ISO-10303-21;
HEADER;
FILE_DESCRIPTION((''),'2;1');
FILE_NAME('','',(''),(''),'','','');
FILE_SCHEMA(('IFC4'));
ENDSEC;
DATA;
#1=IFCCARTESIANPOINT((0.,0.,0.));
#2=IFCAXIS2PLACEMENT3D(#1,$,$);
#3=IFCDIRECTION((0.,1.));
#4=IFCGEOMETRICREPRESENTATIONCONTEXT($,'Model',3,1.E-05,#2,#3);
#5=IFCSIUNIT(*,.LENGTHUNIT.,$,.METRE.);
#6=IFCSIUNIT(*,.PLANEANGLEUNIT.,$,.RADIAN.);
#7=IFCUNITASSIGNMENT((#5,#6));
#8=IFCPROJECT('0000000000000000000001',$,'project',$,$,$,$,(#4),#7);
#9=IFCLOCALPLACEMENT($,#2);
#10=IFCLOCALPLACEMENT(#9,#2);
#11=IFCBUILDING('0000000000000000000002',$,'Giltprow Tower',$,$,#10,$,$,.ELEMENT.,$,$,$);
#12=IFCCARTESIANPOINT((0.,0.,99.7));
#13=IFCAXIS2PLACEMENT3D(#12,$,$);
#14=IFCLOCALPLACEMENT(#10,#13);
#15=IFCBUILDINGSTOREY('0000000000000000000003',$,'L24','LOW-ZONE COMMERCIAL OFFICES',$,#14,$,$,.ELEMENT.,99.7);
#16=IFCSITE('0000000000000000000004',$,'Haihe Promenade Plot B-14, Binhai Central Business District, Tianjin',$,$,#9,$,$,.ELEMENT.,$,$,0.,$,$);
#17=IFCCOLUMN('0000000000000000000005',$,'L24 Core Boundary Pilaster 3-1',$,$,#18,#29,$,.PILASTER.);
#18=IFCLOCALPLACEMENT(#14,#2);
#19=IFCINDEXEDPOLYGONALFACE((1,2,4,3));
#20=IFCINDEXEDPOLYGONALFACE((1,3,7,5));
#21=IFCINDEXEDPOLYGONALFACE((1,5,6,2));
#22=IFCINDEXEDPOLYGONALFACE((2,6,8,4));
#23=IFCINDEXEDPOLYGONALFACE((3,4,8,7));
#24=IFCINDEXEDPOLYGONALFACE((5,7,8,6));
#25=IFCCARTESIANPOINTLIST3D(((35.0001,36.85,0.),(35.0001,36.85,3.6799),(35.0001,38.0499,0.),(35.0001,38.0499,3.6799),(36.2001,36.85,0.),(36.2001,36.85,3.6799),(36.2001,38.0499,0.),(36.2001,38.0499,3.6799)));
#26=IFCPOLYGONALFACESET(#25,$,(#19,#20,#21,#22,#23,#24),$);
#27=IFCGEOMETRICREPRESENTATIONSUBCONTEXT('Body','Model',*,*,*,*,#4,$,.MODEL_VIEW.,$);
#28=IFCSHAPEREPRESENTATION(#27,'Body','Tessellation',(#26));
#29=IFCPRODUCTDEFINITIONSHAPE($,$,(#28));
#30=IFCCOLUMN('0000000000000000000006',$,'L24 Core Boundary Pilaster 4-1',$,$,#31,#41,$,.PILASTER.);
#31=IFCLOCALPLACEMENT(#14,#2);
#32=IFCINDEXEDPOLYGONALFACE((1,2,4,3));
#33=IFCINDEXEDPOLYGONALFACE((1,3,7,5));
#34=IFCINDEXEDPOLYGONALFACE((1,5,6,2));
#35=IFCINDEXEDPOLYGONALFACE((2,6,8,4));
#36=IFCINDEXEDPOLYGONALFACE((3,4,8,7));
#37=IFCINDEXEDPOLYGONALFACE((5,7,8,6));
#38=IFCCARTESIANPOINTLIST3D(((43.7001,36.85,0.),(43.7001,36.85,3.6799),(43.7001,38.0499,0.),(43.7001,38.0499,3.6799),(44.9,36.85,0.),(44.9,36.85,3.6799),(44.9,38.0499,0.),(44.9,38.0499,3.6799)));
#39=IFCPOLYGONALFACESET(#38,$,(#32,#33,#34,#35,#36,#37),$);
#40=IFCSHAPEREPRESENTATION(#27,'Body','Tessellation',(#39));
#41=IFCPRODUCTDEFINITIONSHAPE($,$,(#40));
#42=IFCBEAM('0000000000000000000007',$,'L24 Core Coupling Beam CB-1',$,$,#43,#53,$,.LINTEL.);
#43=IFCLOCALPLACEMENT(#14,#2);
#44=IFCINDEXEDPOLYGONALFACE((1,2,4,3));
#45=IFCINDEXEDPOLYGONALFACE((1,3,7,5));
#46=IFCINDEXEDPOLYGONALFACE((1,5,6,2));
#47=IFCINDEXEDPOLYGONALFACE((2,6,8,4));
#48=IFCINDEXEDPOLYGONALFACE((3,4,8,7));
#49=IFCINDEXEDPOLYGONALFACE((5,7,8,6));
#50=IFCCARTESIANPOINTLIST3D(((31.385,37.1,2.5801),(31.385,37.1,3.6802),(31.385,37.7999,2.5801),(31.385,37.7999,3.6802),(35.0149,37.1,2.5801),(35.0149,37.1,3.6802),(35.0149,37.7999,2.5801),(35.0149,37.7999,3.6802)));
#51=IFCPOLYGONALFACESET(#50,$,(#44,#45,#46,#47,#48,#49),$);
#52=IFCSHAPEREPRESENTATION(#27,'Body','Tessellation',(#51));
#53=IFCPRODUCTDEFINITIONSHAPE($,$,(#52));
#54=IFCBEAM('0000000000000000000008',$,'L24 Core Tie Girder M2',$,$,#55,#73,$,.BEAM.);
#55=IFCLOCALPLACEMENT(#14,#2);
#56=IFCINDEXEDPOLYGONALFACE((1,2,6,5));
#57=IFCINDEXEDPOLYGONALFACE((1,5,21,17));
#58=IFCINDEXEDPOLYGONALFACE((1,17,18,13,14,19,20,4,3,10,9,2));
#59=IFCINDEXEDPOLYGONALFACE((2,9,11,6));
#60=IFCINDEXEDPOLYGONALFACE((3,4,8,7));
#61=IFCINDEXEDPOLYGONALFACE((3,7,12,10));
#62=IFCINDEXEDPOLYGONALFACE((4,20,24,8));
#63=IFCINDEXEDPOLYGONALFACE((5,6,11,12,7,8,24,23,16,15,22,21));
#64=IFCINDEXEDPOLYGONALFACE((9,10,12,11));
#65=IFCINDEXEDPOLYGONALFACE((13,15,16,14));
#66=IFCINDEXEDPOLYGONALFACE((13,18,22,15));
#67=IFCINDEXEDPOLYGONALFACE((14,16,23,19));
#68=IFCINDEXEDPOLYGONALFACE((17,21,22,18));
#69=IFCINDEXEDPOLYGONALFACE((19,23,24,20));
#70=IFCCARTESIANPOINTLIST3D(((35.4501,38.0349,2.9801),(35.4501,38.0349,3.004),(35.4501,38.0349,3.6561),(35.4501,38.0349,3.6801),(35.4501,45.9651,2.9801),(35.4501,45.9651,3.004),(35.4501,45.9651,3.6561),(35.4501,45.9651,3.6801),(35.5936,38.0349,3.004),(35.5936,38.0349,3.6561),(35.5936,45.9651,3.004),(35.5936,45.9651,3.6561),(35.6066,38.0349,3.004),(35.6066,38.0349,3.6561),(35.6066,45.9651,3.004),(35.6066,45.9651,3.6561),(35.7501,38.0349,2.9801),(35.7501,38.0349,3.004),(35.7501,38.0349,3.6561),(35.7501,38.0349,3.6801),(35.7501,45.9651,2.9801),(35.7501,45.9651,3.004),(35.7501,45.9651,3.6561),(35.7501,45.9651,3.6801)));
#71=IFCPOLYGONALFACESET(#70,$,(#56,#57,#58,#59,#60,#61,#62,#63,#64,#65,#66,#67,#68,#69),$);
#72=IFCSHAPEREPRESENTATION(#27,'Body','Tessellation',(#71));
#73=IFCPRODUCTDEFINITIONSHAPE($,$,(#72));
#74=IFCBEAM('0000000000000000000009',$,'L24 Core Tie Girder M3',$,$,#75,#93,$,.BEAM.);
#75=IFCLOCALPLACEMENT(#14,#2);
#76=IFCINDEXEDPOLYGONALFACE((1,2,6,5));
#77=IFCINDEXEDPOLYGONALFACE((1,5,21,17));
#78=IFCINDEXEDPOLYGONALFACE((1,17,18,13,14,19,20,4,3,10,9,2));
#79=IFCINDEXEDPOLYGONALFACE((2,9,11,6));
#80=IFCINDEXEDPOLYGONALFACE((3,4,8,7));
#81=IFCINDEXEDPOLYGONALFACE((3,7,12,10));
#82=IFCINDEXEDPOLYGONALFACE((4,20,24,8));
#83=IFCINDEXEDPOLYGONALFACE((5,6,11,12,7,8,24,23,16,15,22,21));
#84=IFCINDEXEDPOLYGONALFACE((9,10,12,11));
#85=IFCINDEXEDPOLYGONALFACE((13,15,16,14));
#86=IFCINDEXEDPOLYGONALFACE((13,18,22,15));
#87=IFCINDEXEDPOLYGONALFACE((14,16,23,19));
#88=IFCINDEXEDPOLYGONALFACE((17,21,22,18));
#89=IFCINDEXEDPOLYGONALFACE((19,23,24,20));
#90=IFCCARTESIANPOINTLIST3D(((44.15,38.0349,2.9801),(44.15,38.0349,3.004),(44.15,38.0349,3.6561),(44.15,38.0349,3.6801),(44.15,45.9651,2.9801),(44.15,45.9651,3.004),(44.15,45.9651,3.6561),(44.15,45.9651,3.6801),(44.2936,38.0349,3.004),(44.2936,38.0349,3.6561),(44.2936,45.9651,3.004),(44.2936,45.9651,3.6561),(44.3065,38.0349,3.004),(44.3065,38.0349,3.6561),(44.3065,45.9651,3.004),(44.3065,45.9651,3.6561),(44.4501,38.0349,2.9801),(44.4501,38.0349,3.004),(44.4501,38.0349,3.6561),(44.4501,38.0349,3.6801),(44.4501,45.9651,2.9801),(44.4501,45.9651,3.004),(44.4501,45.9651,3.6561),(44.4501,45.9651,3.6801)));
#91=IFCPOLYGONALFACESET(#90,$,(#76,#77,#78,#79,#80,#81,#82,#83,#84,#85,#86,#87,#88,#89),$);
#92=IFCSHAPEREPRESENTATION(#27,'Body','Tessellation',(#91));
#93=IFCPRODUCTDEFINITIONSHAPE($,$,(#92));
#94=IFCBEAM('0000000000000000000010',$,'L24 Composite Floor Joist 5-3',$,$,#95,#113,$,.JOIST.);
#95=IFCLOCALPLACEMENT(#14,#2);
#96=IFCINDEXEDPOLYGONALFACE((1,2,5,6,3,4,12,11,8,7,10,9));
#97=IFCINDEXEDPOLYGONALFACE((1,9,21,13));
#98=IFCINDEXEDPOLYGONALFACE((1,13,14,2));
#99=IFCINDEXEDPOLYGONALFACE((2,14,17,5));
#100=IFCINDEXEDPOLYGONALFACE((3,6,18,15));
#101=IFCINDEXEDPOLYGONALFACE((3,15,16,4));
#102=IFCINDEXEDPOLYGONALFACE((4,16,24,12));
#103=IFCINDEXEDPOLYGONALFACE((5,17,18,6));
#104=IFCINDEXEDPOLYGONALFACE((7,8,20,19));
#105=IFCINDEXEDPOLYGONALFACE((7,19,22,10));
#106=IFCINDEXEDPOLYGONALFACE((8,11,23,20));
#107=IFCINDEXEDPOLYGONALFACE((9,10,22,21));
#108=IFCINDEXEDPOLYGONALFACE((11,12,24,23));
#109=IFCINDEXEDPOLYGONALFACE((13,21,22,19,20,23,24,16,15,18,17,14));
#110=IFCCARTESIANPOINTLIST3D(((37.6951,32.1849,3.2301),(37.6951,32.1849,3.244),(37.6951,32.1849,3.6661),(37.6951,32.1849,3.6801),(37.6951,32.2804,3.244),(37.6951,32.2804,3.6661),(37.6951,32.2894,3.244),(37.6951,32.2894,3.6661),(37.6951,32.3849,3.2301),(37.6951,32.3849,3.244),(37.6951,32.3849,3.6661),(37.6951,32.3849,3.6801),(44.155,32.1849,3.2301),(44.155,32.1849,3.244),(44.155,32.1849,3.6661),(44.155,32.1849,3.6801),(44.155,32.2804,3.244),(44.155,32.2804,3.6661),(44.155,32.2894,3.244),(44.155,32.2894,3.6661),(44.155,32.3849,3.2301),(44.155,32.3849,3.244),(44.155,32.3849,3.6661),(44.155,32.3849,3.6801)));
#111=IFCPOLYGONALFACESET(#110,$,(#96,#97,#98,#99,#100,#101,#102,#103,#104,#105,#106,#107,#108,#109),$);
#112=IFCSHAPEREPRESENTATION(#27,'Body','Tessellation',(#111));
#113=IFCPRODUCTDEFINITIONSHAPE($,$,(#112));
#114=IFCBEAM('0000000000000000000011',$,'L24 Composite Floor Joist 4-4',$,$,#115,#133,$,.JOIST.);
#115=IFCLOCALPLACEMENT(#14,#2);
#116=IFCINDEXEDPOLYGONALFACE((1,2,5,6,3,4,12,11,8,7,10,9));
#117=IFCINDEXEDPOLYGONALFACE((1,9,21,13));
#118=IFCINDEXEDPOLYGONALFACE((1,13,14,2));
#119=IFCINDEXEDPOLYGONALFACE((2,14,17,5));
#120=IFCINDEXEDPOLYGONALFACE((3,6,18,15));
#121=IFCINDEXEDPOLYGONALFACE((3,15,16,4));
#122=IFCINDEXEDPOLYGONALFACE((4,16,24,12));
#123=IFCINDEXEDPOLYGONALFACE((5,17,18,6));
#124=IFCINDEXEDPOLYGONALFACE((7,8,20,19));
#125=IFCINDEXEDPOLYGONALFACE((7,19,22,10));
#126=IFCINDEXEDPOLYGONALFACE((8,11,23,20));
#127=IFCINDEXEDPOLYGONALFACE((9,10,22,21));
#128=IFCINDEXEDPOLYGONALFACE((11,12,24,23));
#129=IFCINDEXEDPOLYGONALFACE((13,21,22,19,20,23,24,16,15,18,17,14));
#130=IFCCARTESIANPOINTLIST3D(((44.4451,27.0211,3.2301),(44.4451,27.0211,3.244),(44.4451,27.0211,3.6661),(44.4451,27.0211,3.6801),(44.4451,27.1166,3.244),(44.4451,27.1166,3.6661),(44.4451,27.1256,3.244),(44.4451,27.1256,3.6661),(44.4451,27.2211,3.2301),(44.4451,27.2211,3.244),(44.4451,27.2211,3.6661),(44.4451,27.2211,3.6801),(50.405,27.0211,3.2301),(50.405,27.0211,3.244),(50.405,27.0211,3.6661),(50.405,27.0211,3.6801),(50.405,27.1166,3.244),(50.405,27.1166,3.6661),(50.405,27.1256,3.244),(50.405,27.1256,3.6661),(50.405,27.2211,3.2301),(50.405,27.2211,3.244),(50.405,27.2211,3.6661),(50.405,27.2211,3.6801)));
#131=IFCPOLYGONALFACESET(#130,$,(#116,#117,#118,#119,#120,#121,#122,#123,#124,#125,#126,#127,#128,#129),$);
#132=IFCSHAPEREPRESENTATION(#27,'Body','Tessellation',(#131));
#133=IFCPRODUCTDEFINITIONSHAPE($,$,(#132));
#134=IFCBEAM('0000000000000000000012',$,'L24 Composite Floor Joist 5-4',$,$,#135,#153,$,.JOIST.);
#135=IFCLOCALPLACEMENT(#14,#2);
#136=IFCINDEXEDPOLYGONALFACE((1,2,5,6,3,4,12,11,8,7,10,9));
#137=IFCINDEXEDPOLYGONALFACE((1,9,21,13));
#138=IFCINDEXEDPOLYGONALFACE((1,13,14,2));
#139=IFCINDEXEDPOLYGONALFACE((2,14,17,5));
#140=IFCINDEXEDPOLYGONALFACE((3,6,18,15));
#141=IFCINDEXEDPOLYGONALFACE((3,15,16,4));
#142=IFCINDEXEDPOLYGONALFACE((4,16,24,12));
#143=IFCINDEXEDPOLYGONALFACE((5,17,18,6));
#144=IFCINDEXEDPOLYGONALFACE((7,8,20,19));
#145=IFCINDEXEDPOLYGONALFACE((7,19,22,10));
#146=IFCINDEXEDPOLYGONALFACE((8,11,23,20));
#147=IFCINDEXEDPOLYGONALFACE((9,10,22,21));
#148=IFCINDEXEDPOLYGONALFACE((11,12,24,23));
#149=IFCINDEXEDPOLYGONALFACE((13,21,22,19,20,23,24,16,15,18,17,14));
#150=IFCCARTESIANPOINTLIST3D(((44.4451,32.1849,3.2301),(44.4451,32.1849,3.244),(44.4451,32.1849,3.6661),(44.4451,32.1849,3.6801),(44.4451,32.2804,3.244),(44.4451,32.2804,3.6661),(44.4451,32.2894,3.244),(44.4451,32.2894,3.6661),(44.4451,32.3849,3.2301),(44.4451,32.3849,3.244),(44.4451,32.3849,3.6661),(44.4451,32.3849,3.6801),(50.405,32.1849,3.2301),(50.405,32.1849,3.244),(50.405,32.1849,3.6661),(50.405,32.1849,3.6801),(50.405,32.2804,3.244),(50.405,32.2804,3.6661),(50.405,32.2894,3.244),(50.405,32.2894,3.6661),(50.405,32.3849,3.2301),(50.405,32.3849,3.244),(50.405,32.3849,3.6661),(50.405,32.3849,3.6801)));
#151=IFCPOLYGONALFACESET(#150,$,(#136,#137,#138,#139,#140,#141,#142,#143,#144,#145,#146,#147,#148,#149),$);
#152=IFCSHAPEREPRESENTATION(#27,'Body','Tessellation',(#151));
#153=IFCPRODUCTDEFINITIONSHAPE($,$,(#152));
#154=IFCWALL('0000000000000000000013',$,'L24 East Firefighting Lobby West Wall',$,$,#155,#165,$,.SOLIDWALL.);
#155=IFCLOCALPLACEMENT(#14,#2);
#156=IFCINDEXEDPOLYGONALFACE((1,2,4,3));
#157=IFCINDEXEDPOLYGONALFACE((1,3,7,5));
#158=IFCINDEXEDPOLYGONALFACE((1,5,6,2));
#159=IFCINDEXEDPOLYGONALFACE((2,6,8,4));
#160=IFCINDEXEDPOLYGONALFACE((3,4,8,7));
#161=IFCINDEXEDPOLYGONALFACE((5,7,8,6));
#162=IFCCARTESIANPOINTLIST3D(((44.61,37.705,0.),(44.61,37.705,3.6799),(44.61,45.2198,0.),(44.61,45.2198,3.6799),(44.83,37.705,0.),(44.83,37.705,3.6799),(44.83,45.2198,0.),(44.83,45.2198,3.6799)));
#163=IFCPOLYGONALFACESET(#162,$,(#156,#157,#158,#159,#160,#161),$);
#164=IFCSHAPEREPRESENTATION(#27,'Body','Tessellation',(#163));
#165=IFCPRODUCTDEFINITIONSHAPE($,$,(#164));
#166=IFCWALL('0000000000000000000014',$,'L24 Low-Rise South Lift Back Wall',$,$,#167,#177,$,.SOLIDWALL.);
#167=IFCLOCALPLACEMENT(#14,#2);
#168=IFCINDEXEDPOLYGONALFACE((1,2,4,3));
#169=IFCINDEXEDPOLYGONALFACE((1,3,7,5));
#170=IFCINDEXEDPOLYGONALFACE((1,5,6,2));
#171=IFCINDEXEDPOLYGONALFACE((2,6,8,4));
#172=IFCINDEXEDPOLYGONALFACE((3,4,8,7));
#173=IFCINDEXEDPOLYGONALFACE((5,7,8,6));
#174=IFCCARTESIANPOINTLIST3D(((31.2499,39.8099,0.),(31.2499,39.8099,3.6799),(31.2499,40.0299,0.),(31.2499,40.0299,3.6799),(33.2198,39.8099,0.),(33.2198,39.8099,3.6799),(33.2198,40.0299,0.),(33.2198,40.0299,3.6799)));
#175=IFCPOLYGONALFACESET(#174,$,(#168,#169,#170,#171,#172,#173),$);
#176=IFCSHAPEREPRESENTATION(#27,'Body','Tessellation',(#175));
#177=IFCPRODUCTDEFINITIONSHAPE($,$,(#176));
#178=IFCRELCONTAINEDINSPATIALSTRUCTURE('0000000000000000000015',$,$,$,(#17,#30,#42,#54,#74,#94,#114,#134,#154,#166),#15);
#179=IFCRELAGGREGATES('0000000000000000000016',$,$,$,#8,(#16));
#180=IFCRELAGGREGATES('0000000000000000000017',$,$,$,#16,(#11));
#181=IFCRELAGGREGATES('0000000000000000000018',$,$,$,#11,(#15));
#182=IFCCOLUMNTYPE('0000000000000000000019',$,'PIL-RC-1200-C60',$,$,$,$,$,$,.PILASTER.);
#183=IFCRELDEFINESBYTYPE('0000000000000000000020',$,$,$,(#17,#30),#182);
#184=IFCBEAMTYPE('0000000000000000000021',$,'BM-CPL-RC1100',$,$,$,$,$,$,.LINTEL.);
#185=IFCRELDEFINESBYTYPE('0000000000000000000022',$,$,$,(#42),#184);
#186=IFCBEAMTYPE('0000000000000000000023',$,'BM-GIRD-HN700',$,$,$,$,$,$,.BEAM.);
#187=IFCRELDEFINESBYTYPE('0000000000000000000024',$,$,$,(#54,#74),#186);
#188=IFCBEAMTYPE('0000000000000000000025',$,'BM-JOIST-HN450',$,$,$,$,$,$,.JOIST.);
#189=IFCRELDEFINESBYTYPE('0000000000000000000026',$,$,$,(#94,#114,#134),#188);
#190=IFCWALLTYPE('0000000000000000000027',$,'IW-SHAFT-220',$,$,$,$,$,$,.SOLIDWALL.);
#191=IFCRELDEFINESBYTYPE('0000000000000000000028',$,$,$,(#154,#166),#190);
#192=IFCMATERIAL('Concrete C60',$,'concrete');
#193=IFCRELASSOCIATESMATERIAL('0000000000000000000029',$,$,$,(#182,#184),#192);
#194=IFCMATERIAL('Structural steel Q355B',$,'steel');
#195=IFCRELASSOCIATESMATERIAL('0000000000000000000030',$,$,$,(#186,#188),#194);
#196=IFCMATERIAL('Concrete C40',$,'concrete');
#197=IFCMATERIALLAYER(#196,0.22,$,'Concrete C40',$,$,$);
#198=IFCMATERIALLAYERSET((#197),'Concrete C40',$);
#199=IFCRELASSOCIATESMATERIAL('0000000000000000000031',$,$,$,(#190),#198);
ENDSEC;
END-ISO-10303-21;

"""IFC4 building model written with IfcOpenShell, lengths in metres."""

from ifc_helpers import new_model, si_unit, direction, frame, frame_2d, origin, origin_2d, place, context, subcontext, project, spatial, rectangle, i_section, extrude, source, transform, mapped, material, layer, layer_set, material_profile, profile_set, type_object, element, save


model = new_model("IFC4")

# Units and contexts
model_context = context("Model", 3, precision=1e-05, world=origin(), true_north=direction((0.0, 1.0)))
body_context = subcontext(model_context, "Body", "Model", "MODEL_VIEW")
ifc_project = project(units=[si_unit("LENGTHUNIT", "METRE"), si_unit("PLANEANGLEUNIT", "RADIAN")], contexts=[model_context])

# Site, building, storey
site_placement = place(None, origin())
site = spatial("IfcSite", under=ifc_project, at=site_placement, Name="Haihe Promenade Plot B-14, Binhai Central Business District, Tianjin", CompositionType="ELEMENT", RefElevation=0.0)
building_placement = place(site_placement, origin())
building = spatial("IfcBuilding", under=site, at=building_placement, Name="Giltprow Tower", CompositionType="ELEMENT")
storey_placement = place(building_placement, frame((0.0, 0.0, 99.7)))
storey = spatial("IfcBuildingStorey", under=building, at=storey_placement, Name="L24", Description="LOW-ZONE COMMERCIAL OFFICES", CompositionType="ELEMENT", Elevation=99.7)

# Columns
ifc_material_1 = material(Name="Concrete C60", Category="concrete")
ifc_material_profile_1 = material_profile(ifc_material_1, rectangle(XDim=1.2, YDim=1.2, at=origin_2d()), Name="RC 1200x1200")
ifc_profile_set_1 = profile_set([ifc_material_profile_1], Name="Concrete C60")
column_type = type_object("IfcColumnType", Name="PIL-RC-1200-C60", PredefinedType="PILASTER", material=ifc_profile_set_1)
shared_shape_1 = source(origin(), body_context, "Body", "SweptSolid", [
    extrude(rectangle(XDim=1.2, YDim=1.2, at=origin_2d()), origin(), (0.0, 0.0, 1.0), 3.6799),
])
for number, where, z_axis, x_axis, name in (
    (1, (35.6001, 37.45, 0.0), (0.0, 0.0, 1.0), (1.0, 0.0, 0.0), "L24 Core Boundary Pilaster 3-1"),
    (2, (44.3, 37.45, 0.0), (0.0, 0.0, 1.0), (1.0, 0.0, 0.0), "L24 Core Boundary Pilaster 4-1"),
):
    element("IfcColumn", number, at=place(storey_placement, frame(where, z_axis=z_axis, x_axis=x_axis)), inside=storey, type_object=column_type, Name=name, PredefinedType="PILASTER", context=body_context, shape_type="MappedRepresentation", body=[
        mapped(shared_shape_1, transform((0.0, 0.0, 0.0), x_axis=(1.0, 0.0, 0.0), y_axis=(0.0, 1.0, 0.0), z_axis=(0.0, 0.0, 1.0), scale=1.0)),
    ])

# Beams
ifc_material_profile_2 = material_profile(ifc_material_1, rectangle(XDim=0.7, YDim=1.1001, at=origin_2d()), Name="RC 1100x700")
ifc_profile_set_2 = profile_set([ifc_material_profile_2], Name="Concrete C60")
beam_type_1 = type_object("IfcBeamType", Name="BM-CPL-RC1100", PredefinedType="LINTEL", material=ifc_profile_set_2)
shared_shape_2 = source(origin(), body_context, "Body", "SweptSolid", [
    extrude(rectangle(XDim=0.7, YDim=1.1001, at=origin_2d()), origin(), (0.0, 0.0, 1.0), 3.6299),
])
beam_1_placement = place(storey_placement, frame((31.385, 37.45, 3.1301), z_axis=(1.0, 0.0, 0.0), x_axis=(0.0, 1.0, 0.0)))
element("IfcBeam", 3, at=beam_1_placement, inside=storey, type_object=beam_type_1, Name="L24 Core Coupling Beam CB-1", PredefinedType="LINTEL", context=body_context, shape_type="MappedRepresentation", body=[
    mapped(shared_shape_2, transform((0.0, 0.0, 0.0), x_axis=(1.0, 0.0, 0.0), y_axis=(0.0, 1.0, 0.0), z_axis=(0.0, 0.0, 1.0), scale=1.0)),
])
ifc_material_2 = material(Name="Structural steel Q355B", Category="steel")
ifc_material_profile_3 = material_profile(ifc_material_2, i_section(OverallWidth=0.3, OverallDepth=0.7, WebThickness=0.0129, FlangeThickness=0.0239, at=origin_2d()), Name="HN 700x300x13x24")
ifc_profile_set_3 = profile_set([ifc_material_profile_3], Name="Structural steel Q355B")
beam_type_2 = type_object("IfcBeamType", Name="BM-GIRD-HN700", PredefinedType="BEAM", material=ifc_profile_set_3)
shared_shape_3 = source(origin(), body_context, "Body", "SweptSolid", [
    extrude(i_section(OverallWidth=0.3, OverallDepth=0.7, WebThickness=0.0129, FlangeThickness=0.0239, at=origin_2d()), origin(), (0.0, 0.0, 1.0), 7.9302),
])
for number, where, z_axis, x_axis, name in (
    (4, (35.6001, 38.0349, 3.3301), (0.0, 1.0, 0.0), (-1.0, 0.0, 0.0), "L24 Core Tie Girder M2"),
    (5, (44.3, 38.0349, 3.3301), (0.0, 1.0, 0.0), (-1.0, 0.0, 0.0), "L24 Core Tie Girder M3"),
):
    element("IfcBeam", number, at=place(storey_placement, frame(where, z_axis=z_axis, x_axis=x_axis)), inside=storey, type_object=beam_type_2, Name=name, PredefinedType="BEAM", context=body_context, shape_type="MappedRepresentation", body=[
        mapped(shared_shape_3, transform((0.0, 0.0, 0.0), x_axis=(1.0, 0.0, 0.0), y_axis=(0.0, 1.0, 0.0), z_axis=(0.0, 0.0, 1.0), scale=1.0)),
    ])
ifc_material_profile_4 = material_profile(ifc_material_2, i_section(OverallWidth=0.2, OverallDepth=0.45, WebThickness=0.009, FlangeThickness=0.0139, at=origin_2d()), Name="HN 450x200x9x14")
ifc_profile_set_4 = profile_set([ifc_material_profile_4], Name="Structural steel Q355B")
beam_type_3 = type_object("IfcBeamType", Name="BM-JOIST-HN450", PredefinedType="JOIST", material=ifc_profile_set_4)
shared_shape_4 = source(origin(), body_context, "Body", "SweptSolid", [
    extrude(i_section(OverallWidth=0.2, OverallDepth=0.45, WebThickness=0.009, FlangeThickness=0.0139, at=origin_2d()), origin(), (0.0, 0.0, 1.0), 6.46),
])
beam_2_placement = place(storey_placement, frame((37.6951, 32.2849, 3.4551), z_axis=(1.0, 0.0, 0.0), x_axis=(0.0, 1.0, 0.0)))
element("IfcBeam", 6, at=beam_2_placement, inside=storey, type_object=beam_type_3, Name="L24 Composite Floor Joist 5-3", PredefinedType="JOIST", context=body_context, shape_type="MappedRepresentation", body=[
    mapped(shared_shape_4, transform((0.0, 0.0, 0.0), x_axis=(1.0, 0.0, 0.0), y_axis=(0.0, 1.0, 0.0), z_axis=(0.0, 0.0, 1.0), scale=1.0)),
])
shared_shape_5 = source(origin(), body_context, "Body", "SweptSolid", [
    extrude(i_section(OverallWidth=0.2, OverallDepth=0.45, WebThickness=0.009, FlangeThickness=0.0139, at=origin_2d()), origin(), (0.0, 0.0, 1.0), 5.96),
])
for number, where, z_axis, x_axis, name in (
    (7, (44.4451, 27.1211, 3.4551), (1.0, 0.0, 0.0), (0.0, 1.0, 0.0), "L24 Composite Floor Joist 4-4"),
    (8, (44.4451, 32.2849, 3.4551), (1.0, 0.0, 0.0), (0.0, 1.0, 0.0), "L24 Composite Floor Joist 5-4"),
):
    element("IfcBeam", number, at=place(storey_placement, frame(where, z_axis=z_axis, x_axis=x_axis)), inside=storey, type_object=beam_type_3, Name=name, PredefinedType="JOIST", context=body_context, shape_type="MappedRepresentation", body=[
        mapped(shared_shape_5, transform((0.0, 0.0, 0.0), x_axis=(1.0, 0.0, 0.0), y_axis=(0.0, 1.0, 0.0), z_axis=(0.0, 0.0, 1.0), scale=1.0)),
    ])

# Walls
ifc_material_3 = material(Name="Concrete C40", Category="concrete")
ifc_layer_1 = layer(ifc_material_3, 0.22, Name="Concrete C40")
ifc_layer_set_1 = layer_set([ifc_layer_1], Name="Concrete C40")
wall_type_1 = type_object("IfcWallType", Name="IW-SHAFT-220", PredefinedType="SOLIDWALL", material=ifc_layer_set_1)
wall_1_placement = place(storey_placement, frame((44.72, 37.7051, 0.0), z_axis=(0.0, 0.0, 1.0), x_axis=(0.0, 1.0, 0.0)))
element("IfcWall", 9, at=wall_1_placement, inside=storey, type_object=wall_type_1, Name="L24 East Firefighting Lobby West Wall", PredefinedType="SOLIDWALL", context=body_context, shape_type="SweptSolid", body=[
    extrude(rectangle(XDim=7.5149, YDim=0.22, at=frame_2d((3.7573, 0.0))), origin(), (0.0, 0.0, 1.0), 3.6799),
])
wall_2_placement = place(storey_placement, frame((31.25, 39.9199, 0.0), z_axis=(0.0, 0.0, 1.0), x_axis=(1.0, 0.0, 0.0)))
element("IfcWall", 10, at=wall_2_placement, inside=storey, type_object=wall_type_1, Name="L24 Low-Rise South Lift Back Wall", PredefinedType="SOLIDWALL", context=body_context, shape_type="SweptSolid", body=[
    extrude(rectangle(XDim=1.97, YDim=0.22, at=frame_2d((0.9849, 0.0))), origin(), (0.0, 0.0, 1.0), 3.6799),
])

save(model, "model.ifc")
